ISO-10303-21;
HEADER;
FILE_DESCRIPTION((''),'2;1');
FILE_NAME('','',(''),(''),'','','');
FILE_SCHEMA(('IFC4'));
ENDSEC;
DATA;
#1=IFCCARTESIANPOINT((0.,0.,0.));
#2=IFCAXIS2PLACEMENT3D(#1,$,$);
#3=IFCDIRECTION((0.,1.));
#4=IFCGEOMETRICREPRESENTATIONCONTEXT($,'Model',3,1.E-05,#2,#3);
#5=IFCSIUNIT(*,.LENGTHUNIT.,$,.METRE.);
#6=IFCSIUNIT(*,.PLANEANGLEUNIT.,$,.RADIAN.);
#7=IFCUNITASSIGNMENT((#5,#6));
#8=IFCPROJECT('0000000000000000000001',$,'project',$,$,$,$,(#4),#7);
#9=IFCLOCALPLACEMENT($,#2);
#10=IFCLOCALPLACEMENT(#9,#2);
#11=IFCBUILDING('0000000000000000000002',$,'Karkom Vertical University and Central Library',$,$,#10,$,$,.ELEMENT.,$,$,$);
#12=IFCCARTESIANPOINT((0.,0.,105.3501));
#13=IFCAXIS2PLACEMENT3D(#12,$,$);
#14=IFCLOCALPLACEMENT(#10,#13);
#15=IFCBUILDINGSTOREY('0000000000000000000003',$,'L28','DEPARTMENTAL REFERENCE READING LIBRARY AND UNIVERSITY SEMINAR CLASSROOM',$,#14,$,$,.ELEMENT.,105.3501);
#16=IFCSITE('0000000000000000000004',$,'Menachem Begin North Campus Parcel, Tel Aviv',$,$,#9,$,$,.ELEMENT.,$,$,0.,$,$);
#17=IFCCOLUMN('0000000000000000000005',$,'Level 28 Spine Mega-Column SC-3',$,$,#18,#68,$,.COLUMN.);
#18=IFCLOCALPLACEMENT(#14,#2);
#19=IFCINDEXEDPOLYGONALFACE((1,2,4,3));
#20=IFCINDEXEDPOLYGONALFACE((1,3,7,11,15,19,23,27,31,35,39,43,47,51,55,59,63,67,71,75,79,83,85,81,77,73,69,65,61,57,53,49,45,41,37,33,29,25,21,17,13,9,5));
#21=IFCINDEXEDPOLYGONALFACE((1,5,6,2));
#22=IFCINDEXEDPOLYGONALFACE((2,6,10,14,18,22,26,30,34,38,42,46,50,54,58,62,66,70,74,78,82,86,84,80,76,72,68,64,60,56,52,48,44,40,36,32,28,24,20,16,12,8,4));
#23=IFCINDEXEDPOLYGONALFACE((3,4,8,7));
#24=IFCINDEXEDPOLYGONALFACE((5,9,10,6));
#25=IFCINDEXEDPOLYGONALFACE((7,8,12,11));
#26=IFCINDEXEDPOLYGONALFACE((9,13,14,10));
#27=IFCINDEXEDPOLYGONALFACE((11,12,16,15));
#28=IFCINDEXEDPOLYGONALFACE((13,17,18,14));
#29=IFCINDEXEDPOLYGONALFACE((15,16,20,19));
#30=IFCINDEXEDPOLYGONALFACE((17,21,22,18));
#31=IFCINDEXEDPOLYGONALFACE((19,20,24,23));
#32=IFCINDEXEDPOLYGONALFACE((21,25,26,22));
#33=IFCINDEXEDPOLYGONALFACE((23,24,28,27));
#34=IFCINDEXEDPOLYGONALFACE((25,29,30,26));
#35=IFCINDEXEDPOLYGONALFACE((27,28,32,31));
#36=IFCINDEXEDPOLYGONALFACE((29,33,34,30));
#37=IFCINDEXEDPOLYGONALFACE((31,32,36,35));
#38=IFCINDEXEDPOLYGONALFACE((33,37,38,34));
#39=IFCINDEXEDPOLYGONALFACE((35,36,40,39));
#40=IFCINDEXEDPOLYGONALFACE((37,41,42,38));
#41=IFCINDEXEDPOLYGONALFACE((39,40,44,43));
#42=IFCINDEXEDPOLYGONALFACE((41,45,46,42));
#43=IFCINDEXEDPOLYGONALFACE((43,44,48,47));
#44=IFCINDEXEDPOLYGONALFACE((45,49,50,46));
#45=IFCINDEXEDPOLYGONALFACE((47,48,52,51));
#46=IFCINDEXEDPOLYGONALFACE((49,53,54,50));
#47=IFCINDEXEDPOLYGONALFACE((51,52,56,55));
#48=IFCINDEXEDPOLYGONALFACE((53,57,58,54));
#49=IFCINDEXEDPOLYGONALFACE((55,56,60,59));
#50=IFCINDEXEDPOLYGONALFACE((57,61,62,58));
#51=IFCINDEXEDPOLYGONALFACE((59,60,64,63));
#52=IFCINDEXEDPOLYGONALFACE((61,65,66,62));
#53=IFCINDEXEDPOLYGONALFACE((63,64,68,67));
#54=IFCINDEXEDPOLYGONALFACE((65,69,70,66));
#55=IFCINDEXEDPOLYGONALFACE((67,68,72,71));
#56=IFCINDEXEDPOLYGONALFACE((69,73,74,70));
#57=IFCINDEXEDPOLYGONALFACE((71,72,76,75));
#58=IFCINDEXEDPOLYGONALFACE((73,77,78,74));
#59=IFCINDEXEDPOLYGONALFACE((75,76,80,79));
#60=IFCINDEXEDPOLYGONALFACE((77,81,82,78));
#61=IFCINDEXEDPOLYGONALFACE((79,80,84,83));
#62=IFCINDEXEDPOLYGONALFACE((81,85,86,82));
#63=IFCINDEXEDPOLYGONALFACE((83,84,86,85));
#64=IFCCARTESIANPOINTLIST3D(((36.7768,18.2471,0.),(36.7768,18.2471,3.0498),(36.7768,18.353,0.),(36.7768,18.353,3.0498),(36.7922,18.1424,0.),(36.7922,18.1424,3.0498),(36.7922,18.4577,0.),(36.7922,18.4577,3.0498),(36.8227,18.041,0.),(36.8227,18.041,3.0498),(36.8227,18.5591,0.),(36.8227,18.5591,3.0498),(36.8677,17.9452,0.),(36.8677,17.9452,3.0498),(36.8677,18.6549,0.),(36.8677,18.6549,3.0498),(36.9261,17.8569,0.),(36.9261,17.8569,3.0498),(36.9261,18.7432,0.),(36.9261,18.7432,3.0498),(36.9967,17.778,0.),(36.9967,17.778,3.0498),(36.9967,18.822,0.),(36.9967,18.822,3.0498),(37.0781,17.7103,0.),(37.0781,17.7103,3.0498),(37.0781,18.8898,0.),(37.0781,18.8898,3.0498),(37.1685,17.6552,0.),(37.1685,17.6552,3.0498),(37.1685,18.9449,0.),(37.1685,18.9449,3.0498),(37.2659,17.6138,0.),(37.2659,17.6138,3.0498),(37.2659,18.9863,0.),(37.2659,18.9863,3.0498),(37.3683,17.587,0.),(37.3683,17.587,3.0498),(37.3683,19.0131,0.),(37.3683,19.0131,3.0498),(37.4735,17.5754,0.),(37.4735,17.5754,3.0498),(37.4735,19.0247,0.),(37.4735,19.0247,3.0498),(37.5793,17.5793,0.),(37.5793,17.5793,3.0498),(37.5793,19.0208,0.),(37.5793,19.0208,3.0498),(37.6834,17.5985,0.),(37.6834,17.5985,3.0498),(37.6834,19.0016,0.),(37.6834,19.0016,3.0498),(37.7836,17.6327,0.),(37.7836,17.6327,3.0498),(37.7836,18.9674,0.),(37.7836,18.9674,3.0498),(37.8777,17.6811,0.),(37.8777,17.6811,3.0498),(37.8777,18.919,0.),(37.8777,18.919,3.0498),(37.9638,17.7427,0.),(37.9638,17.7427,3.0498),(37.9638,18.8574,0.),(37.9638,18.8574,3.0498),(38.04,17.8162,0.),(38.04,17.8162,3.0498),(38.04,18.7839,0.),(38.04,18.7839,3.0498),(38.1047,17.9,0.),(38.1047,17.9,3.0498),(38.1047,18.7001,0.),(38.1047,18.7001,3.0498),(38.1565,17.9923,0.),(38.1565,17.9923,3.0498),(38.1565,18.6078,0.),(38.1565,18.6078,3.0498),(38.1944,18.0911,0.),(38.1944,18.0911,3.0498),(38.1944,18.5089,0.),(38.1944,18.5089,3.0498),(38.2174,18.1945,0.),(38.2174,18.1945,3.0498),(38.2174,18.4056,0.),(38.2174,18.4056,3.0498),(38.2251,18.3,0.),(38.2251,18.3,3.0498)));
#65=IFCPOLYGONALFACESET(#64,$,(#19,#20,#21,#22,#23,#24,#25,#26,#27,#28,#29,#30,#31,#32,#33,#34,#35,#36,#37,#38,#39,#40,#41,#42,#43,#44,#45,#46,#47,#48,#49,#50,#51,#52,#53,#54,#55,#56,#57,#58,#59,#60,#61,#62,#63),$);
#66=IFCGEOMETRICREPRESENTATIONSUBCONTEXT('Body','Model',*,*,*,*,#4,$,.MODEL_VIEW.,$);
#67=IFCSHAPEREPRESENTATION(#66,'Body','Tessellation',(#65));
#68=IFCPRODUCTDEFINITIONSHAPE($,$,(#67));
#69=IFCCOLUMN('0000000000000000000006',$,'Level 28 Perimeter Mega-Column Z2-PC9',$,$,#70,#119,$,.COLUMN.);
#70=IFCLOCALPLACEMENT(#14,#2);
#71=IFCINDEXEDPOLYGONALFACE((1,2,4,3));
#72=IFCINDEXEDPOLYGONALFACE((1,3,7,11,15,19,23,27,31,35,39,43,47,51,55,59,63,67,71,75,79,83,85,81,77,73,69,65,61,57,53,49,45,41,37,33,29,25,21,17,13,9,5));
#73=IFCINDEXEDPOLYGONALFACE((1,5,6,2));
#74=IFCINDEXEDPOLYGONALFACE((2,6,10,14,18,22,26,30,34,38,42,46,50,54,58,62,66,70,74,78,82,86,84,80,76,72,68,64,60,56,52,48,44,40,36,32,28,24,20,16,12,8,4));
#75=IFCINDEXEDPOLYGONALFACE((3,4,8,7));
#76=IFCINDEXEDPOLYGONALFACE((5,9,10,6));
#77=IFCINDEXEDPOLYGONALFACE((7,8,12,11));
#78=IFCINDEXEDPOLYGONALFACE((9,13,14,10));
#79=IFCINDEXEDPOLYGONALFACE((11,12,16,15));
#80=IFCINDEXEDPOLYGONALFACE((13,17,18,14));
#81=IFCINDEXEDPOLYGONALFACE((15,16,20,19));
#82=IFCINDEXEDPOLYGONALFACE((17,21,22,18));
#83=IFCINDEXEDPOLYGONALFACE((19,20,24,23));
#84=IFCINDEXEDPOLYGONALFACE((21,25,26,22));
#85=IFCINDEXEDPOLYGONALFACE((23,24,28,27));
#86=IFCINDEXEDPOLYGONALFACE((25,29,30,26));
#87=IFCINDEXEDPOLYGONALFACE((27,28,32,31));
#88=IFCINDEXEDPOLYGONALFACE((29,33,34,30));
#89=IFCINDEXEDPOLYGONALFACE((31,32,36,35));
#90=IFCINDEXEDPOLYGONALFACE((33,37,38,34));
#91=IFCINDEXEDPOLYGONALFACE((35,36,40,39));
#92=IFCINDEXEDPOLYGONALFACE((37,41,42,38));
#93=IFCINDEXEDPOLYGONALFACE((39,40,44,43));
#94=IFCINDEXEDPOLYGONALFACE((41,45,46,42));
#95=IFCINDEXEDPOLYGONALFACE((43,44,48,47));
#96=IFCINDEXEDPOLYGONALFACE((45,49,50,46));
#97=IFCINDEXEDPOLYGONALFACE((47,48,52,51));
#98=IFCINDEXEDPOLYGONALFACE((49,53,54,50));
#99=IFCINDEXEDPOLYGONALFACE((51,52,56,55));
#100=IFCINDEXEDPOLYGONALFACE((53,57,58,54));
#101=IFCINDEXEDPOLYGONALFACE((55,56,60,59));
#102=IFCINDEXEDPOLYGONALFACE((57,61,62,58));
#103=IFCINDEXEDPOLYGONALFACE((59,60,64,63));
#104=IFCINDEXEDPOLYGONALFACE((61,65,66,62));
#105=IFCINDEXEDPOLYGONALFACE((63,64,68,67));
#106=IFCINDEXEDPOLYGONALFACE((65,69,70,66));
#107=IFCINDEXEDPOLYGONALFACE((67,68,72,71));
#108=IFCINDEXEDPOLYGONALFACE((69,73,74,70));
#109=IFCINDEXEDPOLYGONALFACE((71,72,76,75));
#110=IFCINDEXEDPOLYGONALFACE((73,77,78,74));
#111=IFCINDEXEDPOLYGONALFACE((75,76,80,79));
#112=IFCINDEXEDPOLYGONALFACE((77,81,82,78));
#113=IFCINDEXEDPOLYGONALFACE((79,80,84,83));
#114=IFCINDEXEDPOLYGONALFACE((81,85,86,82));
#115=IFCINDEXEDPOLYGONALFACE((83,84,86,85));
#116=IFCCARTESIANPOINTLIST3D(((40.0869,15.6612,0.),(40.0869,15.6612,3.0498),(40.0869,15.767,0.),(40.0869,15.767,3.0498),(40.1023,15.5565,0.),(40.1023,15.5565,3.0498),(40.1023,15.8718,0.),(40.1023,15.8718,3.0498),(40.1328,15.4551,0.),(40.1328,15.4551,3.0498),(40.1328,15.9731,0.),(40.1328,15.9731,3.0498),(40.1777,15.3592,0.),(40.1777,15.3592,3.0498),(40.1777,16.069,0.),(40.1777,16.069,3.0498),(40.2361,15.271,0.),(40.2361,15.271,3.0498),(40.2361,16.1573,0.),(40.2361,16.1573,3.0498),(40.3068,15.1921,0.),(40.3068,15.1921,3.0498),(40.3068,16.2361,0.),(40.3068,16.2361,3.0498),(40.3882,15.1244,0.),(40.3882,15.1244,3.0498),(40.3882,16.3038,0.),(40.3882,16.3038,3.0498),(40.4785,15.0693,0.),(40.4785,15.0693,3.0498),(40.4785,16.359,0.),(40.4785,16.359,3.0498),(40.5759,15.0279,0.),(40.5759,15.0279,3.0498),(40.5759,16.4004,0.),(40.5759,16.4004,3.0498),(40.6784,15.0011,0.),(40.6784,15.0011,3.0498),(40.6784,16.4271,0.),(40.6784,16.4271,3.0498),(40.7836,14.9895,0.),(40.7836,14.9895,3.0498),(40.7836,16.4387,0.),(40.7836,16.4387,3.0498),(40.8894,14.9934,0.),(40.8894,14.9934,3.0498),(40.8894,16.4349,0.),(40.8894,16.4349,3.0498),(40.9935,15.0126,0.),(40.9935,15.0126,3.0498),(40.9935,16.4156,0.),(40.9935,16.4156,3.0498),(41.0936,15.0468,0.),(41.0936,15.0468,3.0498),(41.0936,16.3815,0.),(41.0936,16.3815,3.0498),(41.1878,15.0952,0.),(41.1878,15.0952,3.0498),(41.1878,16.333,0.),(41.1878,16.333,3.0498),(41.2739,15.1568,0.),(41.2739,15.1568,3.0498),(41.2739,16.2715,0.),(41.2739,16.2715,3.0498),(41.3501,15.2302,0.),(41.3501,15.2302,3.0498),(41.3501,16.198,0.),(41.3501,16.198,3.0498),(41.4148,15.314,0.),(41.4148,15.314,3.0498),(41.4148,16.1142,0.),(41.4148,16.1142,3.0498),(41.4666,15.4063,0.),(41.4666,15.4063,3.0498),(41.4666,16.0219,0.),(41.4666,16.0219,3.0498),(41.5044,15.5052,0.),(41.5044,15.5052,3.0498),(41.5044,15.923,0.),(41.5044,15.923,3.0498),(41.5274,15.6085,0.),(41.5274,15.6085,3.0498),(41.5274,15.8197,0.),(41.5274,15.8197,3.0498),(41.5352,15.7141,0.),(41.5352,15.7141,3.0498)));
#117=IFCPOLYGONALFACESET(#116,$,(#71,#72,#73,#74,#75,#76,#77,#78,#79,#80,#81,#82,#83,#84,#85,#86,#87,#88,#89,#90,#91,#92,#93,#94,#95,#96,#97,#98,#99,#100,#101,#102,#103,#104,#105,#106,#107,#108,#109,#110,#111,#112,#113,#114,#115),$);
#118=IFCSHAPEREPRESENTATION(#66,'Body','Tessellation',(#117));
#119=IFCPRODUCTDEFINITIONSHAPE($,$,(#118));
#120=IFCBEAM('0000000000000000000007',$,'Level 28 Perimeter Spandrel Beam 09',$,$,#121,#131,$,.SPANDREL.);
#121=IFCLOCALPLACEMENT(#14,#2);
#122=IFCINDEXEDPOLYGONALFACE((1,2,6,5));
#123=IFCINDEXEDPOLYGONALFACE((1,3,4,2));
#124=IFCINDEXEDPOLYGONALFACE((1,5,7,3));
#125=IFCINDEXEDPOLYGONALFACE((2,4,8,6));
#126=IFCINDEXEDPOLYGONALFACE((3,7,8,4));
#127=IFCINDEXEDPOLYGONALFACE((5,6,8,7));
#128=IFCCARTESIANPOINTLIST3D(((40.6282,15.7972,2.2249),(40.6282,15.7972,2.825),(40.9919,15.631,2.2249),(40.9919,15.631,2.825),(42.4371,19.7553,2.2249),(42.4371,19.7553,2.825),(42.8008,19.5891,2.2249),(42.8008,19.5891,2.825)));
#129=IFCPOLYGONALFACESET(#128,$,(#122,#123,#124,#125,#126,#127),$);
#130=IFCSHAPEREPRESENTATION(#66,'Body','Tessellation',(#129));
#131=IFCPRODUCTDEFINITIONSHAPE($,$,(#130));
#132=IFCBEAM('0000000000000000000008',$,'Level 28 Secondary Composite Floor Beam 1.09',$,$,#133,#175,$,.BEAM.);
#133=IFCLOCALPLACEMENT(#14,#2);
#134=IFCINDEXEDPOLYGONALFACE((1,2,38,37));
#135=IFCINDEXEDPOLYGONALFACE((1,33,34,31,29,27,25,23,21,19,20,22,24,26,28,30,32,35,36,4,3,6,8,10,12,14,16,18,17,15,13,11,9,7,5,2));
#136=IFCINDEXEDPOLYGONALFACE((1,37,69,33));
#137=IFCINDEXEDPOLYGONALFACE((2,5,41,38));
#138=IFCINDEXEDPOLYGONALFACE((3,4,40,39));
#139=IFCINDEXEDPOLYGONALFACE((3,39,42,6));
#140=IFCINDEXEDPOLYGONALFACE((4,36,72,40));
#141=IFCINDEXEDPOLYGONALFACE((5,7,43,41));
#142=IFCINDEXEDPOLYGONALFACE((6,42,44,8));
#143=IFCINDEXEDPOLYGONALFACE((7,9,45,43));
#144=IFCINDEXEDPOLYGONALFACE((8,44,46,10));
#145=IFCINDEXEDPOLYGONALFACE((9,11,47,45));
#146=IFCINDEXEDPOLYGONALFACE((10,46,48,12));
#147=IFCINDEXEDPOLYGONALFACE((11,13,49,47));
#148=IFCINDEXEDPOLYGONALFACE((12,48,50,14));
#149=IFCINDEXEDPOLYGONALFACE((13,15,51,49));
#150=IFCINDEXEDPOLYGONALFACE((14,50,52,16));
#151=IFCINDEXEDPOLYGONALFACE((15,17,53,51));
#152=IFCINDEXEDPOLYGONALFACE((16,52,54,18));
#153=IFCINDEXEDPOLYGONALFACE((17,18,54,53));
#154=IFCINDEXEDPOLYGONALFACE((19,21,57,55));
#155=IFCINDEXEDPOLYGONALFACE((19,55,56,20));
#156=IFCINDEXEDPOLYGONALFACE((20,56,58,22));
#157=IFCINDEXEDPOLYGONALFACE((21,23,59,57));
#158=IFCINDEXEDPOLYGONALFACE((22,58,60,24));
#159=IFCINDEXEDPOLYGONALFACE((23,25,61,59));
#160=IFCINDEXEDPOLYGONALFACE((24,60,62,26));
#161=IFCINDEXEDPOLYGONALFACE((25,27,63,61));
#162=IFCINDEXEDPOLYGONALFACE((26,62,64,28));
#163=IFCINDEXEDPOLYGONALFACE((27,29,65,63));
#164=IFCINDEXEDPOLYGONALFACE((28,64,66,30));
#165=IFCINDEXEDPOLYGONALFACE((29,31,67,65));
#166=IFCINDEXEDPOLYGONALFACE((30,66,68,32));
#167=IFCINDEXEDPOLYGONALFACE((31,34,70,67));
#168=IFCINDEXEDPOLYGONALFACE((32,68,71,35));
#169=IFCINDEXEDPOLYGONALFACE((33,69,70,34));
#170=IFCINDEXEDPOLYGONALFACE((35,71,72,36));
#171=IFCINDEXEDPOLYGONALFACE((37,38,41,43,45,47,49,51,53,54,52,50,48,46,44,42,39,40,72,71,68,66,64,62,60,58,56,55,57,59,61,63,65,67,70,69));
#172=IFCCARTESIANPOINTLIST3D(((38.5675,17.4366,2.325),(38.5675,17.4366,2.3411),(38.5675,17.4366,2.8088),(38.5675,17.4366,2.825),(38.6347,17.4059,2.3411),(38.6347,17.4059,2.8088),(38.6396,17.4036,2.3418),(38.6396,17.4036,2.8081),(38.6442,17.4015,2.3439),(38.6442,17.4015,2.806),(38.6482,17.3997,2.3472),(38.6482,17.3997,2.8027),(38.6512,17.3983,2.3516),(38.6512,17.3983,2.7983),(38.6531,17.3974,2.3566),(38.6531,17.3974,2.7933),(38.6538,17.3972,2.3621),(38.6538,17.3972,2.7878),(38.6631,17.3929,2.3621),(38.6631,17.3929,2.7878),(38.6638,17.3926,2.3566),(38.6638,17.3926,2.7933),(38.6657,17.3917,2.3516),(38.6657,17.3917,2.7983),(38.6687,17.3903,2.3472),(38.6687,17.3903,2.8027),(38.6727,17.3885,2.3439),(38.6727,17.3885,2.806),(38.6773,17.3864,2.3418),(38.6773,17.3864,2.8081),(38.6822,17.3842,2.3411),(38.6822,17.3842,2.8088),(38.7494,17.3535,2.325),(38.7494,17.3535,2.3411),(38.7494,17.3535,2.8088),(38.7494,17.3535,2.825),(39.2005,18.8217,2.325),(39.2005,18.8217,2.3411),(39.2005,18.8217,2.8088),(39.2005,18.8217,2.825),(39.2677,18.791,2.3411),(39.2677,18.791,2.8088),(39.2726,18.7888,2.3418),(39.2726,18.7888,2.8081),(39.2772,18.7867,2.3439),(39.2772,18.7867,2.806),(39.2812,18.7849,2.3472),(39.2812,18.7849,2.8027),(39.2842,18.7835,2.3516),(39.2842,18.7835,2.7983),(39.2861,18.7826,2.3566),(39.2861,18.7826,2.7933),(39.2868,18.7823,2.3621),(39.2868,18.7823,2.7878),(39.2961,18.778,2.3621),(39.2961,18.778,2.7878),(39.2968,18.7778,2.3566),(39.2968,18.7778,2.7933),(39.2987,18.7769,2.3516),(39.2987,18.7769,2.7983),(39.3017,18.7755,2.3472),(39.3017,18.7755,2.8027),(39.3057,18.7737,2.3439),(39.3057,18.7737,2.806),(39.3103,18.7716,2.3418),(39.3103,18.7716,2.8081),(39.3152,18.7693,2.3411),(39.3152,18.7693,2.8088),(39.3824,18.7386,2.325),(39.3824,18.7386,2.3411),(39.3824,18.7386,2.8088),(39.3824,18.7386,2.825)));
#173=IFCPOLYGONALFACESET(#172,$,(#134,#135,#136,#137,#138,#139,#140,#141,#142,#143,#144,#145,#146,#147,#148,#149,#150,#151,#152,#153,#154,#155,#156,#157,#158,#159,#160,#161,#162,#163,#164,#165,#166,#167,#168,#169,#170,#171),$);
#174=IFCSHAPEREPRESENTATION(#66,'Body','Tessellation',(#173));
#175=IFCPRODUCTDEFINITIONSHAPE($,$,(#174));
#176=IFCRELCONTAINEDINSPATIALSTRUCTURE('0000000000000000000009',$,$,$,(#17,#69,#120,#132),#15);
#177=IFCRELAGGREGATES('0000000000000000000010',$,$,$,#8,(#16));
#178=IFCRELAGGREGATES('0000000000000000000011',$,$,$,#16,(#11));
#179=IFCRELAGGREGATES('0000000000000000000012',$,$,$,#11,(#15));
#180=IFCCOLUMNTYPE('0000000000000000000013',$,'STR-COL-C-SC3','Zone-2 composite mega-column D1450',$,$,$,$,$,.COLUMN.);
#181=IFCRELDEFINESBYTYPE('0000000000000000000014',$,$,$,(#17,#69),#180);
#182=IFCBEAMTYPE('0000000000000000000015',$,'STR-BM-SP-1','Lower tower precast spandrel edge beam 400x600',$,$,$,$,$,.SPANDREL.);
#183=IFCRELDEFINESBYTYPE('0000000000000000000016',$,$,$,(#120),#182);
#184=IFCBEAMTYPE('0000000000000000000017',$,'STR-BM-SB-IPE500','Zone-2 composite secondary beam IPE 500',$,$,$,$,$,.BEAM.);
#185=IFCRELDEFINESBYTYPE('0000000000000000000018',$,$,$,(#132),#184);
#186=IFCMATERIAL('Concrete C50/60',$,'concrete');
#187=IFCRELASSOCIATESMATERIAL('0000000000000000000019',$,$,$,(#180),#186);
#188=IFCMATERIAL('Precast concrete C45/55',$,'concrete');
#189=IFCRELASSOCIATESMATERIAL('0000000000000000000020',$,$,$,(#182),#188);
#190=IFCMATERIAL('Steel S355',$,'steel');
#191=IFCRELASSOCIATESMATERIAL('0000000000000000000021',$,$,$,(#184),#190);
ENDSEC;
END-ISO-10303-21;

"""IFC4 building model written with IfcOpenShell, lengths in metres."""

from ifc_helpers import new_model, si_unit, direction, frame, origin, origin_with_axes, origin_2d, place, context, subcontext, project, spatial, rectangle, circle, i_section, extrude, source, transform, mapped, material, material_profile, profile_set, type_object, element, save


model = new_model("IFC4")

# Units and contexts
model_context = context("Model", 3, precision=1e-05, world=origin(), true_north=direction((0.0, 1.0)))
body_context = subcontext(model_context, "Body", "Model", "MODEL_VIEW")
ifc_project = project(units=[si_unit("LENGTHUNIT", "METRE"), si_unit("PLANEANGLEUNIT", "RADIAN")], contexts=[model_context])

# Site, building, storey
site_placement = place(None, origin())
site = spatial("IfcSite", under=ifc_project, at=site_placement, Name="Menachem Begin North Campus Parcel, Tel Aviv", CompositionType="ELEMENT", RefElevation=0.0)
building_placement = place(site_placement, origin())
building = spatial("IfcBuilding", under=site, at=building_placement, Name="Karkom Vertical University and Central Library", CompositionType="ELEMENT")
storey_placement = place(building_placement, frame((0.0, 0.0, 105.3501)))
storey = spatial("IfcBuildingStorey", under=building, at=storey_placement, Name="L28", Description="DEPARTMENTAL REFERENCE READING LIBRARY AND UNIVERSITY SEMINAR CLASSROOM", CompositionType="ELEMENT", Elevation=105.3501)

# Columns
ifc_material_1 = material(Name="Concrete C50/60", Category="concrete")
ifc_material_profile_1 = material_profile(ifc_material_1, circle(Radius=0.7251, at=origin_2d()), Name="CFT-D1450")
ifc_profile_set_1 = profile_set([ifc_material_profile_1], Name="Concrete C50/60")
column_type = type_object("IfcColumnType", Name="STR-COL-C-SC3", Description="Zone-2 composite mega-column D1450", PredefinedType="COLUMN", material=ifc_profile_set_1)
shared_shape_1 = source(origin_with_axes(), body_context, "Body", "SweptSolid", [
    extrude(circle(Radius=0.7251, at=origin_2d()), origin(), (0.0, 0.0, 1.0), 3.0498),
])
for number, where, z_axis, x_axis, name in (
    (1, (37.5, 18.3, 0.0), (0.0, 0.0, 1.0), (1.0, 0.0, 0.0), "Level 28 Spine Mega-Column SC-3"),
    (2, (40.8101, 15.7141, 0.0), (0.0, 0.0, 1.0), (1.0, 0.0, 0.0), "Level 28 Perimeter Mega-Column Z2-PC9"),
):
    element("IfcColumn", number, at=place(storey_placement, frame(where, z_axis=z_axis, x_axis=x_axis)), inside=storey, type_object=column_type, Name=name, PredefinedType="COLUMN", context=body_context, shape_type="MappedRepresentation", body=[
        mapped(shared_shape_1, transform((0.0, 0.0, 0.0), scale=1.0)),
    ])

# Beams
ifc_material_2 = material(Name="Precast concrete C45/55", Category="concrete")
ifc_material_profile_2 = material_profile(ifc_material_2, rectangle(XDim=0.3999, YDim=0.6001, at=origin_2d()), Name="SPB-400x600")
ifc_profile_set_2 = profile_set([ifc_material_profile_2], Name="Precast concrete C45/55")
beam_type_1 = type_object("IfcBeamType", Name="STR-BM-SP-1", Description="Lower tower precast spandrel edge beam 400x600", PredefinedType="SPANDREL", material=ifc_profile_set_2)
shared_shape_2 = source(origin_with_axes(), body_context, "Body", "SweptSolid", [
    extrude(rectangle(XDim=0.3999, YDim=0.6001, at=origin_2d()), origin(), (0.0, 0.0, 1.0), 4.3518),
])
beam_1_placement = place(storey_placement, frame((40.8101, 15.7141, 2.5249), z_axis=(0.415658, 0.909521, 0.0), x_axis=(-0.909521, 0.415658, 0.0)))
element("IfcBeam", 3, at=beam_1_placement, inside=storey, type_object=beam_type_1, Name="Level 28 Perimeter Spandrel Beam 09", PredefinedType="SPANDREL", context=body_context, shape_type="MappedRepresentation", body=[
    mapped(shared_shape_2, transform((0.0, 0.0, 0.0), scale=1.0)),
])
ifc_material_3 = material(Name="Steel S355", Category="steel")
ifc_material_profile_3 = material_profile(ifc_material_3, i_section(OverallWidth=0.2, OverallDepth=0.5, WebThickness=0.0103, FlangeThickness=0.0161, FilletRadius=0.021, at=origin_2d()), Name="IPE 500")
ifc_profile_set_3 = profile_set([ifc_material_profile_3], Name="Steel S355")
beam_type_2 = type_object("IfcBeamType", Name="STR-BM-SB-IPE500", Description="Zone-2 composite secondary beam IPE 500", PredefinedType="BEAM", material=ifc_profile_set_3)
shared_shape_3 = source(origin_with_axes(), body_context, "Body", "SweptSolid", [
    extrude(i_section(OverallWidth=0.2, OverallDepth=0.5, WebThickness=0.0103, FlangeThickness=0.0161, FilletRadius=0.021, at=origin_2d()), origin(), (0.0, 0.0, 1.0), 1.5229),
])
beam_2_placement = place(storey_placement, frame((38.6584, 17.395, 2.575), z_axis=(0.41565, 0.909525, 0.0), x_axis=(-0.909525, 0.41565, 0.0)))
element("IfcBeam", 4, at=beam_2_placement, inside=storey, type_object=beam_type_2, Name="Level 28 Secondary Composite Floor Beam 1.09", PredefinedType="BEAM", context=body_context, shape_type="MappedRepresentation", body=[
    mapped(shared_shape_3, transform((0.0, 0.0, 0.0), scale=1.0)),
])

save(model, "model.ifc")
